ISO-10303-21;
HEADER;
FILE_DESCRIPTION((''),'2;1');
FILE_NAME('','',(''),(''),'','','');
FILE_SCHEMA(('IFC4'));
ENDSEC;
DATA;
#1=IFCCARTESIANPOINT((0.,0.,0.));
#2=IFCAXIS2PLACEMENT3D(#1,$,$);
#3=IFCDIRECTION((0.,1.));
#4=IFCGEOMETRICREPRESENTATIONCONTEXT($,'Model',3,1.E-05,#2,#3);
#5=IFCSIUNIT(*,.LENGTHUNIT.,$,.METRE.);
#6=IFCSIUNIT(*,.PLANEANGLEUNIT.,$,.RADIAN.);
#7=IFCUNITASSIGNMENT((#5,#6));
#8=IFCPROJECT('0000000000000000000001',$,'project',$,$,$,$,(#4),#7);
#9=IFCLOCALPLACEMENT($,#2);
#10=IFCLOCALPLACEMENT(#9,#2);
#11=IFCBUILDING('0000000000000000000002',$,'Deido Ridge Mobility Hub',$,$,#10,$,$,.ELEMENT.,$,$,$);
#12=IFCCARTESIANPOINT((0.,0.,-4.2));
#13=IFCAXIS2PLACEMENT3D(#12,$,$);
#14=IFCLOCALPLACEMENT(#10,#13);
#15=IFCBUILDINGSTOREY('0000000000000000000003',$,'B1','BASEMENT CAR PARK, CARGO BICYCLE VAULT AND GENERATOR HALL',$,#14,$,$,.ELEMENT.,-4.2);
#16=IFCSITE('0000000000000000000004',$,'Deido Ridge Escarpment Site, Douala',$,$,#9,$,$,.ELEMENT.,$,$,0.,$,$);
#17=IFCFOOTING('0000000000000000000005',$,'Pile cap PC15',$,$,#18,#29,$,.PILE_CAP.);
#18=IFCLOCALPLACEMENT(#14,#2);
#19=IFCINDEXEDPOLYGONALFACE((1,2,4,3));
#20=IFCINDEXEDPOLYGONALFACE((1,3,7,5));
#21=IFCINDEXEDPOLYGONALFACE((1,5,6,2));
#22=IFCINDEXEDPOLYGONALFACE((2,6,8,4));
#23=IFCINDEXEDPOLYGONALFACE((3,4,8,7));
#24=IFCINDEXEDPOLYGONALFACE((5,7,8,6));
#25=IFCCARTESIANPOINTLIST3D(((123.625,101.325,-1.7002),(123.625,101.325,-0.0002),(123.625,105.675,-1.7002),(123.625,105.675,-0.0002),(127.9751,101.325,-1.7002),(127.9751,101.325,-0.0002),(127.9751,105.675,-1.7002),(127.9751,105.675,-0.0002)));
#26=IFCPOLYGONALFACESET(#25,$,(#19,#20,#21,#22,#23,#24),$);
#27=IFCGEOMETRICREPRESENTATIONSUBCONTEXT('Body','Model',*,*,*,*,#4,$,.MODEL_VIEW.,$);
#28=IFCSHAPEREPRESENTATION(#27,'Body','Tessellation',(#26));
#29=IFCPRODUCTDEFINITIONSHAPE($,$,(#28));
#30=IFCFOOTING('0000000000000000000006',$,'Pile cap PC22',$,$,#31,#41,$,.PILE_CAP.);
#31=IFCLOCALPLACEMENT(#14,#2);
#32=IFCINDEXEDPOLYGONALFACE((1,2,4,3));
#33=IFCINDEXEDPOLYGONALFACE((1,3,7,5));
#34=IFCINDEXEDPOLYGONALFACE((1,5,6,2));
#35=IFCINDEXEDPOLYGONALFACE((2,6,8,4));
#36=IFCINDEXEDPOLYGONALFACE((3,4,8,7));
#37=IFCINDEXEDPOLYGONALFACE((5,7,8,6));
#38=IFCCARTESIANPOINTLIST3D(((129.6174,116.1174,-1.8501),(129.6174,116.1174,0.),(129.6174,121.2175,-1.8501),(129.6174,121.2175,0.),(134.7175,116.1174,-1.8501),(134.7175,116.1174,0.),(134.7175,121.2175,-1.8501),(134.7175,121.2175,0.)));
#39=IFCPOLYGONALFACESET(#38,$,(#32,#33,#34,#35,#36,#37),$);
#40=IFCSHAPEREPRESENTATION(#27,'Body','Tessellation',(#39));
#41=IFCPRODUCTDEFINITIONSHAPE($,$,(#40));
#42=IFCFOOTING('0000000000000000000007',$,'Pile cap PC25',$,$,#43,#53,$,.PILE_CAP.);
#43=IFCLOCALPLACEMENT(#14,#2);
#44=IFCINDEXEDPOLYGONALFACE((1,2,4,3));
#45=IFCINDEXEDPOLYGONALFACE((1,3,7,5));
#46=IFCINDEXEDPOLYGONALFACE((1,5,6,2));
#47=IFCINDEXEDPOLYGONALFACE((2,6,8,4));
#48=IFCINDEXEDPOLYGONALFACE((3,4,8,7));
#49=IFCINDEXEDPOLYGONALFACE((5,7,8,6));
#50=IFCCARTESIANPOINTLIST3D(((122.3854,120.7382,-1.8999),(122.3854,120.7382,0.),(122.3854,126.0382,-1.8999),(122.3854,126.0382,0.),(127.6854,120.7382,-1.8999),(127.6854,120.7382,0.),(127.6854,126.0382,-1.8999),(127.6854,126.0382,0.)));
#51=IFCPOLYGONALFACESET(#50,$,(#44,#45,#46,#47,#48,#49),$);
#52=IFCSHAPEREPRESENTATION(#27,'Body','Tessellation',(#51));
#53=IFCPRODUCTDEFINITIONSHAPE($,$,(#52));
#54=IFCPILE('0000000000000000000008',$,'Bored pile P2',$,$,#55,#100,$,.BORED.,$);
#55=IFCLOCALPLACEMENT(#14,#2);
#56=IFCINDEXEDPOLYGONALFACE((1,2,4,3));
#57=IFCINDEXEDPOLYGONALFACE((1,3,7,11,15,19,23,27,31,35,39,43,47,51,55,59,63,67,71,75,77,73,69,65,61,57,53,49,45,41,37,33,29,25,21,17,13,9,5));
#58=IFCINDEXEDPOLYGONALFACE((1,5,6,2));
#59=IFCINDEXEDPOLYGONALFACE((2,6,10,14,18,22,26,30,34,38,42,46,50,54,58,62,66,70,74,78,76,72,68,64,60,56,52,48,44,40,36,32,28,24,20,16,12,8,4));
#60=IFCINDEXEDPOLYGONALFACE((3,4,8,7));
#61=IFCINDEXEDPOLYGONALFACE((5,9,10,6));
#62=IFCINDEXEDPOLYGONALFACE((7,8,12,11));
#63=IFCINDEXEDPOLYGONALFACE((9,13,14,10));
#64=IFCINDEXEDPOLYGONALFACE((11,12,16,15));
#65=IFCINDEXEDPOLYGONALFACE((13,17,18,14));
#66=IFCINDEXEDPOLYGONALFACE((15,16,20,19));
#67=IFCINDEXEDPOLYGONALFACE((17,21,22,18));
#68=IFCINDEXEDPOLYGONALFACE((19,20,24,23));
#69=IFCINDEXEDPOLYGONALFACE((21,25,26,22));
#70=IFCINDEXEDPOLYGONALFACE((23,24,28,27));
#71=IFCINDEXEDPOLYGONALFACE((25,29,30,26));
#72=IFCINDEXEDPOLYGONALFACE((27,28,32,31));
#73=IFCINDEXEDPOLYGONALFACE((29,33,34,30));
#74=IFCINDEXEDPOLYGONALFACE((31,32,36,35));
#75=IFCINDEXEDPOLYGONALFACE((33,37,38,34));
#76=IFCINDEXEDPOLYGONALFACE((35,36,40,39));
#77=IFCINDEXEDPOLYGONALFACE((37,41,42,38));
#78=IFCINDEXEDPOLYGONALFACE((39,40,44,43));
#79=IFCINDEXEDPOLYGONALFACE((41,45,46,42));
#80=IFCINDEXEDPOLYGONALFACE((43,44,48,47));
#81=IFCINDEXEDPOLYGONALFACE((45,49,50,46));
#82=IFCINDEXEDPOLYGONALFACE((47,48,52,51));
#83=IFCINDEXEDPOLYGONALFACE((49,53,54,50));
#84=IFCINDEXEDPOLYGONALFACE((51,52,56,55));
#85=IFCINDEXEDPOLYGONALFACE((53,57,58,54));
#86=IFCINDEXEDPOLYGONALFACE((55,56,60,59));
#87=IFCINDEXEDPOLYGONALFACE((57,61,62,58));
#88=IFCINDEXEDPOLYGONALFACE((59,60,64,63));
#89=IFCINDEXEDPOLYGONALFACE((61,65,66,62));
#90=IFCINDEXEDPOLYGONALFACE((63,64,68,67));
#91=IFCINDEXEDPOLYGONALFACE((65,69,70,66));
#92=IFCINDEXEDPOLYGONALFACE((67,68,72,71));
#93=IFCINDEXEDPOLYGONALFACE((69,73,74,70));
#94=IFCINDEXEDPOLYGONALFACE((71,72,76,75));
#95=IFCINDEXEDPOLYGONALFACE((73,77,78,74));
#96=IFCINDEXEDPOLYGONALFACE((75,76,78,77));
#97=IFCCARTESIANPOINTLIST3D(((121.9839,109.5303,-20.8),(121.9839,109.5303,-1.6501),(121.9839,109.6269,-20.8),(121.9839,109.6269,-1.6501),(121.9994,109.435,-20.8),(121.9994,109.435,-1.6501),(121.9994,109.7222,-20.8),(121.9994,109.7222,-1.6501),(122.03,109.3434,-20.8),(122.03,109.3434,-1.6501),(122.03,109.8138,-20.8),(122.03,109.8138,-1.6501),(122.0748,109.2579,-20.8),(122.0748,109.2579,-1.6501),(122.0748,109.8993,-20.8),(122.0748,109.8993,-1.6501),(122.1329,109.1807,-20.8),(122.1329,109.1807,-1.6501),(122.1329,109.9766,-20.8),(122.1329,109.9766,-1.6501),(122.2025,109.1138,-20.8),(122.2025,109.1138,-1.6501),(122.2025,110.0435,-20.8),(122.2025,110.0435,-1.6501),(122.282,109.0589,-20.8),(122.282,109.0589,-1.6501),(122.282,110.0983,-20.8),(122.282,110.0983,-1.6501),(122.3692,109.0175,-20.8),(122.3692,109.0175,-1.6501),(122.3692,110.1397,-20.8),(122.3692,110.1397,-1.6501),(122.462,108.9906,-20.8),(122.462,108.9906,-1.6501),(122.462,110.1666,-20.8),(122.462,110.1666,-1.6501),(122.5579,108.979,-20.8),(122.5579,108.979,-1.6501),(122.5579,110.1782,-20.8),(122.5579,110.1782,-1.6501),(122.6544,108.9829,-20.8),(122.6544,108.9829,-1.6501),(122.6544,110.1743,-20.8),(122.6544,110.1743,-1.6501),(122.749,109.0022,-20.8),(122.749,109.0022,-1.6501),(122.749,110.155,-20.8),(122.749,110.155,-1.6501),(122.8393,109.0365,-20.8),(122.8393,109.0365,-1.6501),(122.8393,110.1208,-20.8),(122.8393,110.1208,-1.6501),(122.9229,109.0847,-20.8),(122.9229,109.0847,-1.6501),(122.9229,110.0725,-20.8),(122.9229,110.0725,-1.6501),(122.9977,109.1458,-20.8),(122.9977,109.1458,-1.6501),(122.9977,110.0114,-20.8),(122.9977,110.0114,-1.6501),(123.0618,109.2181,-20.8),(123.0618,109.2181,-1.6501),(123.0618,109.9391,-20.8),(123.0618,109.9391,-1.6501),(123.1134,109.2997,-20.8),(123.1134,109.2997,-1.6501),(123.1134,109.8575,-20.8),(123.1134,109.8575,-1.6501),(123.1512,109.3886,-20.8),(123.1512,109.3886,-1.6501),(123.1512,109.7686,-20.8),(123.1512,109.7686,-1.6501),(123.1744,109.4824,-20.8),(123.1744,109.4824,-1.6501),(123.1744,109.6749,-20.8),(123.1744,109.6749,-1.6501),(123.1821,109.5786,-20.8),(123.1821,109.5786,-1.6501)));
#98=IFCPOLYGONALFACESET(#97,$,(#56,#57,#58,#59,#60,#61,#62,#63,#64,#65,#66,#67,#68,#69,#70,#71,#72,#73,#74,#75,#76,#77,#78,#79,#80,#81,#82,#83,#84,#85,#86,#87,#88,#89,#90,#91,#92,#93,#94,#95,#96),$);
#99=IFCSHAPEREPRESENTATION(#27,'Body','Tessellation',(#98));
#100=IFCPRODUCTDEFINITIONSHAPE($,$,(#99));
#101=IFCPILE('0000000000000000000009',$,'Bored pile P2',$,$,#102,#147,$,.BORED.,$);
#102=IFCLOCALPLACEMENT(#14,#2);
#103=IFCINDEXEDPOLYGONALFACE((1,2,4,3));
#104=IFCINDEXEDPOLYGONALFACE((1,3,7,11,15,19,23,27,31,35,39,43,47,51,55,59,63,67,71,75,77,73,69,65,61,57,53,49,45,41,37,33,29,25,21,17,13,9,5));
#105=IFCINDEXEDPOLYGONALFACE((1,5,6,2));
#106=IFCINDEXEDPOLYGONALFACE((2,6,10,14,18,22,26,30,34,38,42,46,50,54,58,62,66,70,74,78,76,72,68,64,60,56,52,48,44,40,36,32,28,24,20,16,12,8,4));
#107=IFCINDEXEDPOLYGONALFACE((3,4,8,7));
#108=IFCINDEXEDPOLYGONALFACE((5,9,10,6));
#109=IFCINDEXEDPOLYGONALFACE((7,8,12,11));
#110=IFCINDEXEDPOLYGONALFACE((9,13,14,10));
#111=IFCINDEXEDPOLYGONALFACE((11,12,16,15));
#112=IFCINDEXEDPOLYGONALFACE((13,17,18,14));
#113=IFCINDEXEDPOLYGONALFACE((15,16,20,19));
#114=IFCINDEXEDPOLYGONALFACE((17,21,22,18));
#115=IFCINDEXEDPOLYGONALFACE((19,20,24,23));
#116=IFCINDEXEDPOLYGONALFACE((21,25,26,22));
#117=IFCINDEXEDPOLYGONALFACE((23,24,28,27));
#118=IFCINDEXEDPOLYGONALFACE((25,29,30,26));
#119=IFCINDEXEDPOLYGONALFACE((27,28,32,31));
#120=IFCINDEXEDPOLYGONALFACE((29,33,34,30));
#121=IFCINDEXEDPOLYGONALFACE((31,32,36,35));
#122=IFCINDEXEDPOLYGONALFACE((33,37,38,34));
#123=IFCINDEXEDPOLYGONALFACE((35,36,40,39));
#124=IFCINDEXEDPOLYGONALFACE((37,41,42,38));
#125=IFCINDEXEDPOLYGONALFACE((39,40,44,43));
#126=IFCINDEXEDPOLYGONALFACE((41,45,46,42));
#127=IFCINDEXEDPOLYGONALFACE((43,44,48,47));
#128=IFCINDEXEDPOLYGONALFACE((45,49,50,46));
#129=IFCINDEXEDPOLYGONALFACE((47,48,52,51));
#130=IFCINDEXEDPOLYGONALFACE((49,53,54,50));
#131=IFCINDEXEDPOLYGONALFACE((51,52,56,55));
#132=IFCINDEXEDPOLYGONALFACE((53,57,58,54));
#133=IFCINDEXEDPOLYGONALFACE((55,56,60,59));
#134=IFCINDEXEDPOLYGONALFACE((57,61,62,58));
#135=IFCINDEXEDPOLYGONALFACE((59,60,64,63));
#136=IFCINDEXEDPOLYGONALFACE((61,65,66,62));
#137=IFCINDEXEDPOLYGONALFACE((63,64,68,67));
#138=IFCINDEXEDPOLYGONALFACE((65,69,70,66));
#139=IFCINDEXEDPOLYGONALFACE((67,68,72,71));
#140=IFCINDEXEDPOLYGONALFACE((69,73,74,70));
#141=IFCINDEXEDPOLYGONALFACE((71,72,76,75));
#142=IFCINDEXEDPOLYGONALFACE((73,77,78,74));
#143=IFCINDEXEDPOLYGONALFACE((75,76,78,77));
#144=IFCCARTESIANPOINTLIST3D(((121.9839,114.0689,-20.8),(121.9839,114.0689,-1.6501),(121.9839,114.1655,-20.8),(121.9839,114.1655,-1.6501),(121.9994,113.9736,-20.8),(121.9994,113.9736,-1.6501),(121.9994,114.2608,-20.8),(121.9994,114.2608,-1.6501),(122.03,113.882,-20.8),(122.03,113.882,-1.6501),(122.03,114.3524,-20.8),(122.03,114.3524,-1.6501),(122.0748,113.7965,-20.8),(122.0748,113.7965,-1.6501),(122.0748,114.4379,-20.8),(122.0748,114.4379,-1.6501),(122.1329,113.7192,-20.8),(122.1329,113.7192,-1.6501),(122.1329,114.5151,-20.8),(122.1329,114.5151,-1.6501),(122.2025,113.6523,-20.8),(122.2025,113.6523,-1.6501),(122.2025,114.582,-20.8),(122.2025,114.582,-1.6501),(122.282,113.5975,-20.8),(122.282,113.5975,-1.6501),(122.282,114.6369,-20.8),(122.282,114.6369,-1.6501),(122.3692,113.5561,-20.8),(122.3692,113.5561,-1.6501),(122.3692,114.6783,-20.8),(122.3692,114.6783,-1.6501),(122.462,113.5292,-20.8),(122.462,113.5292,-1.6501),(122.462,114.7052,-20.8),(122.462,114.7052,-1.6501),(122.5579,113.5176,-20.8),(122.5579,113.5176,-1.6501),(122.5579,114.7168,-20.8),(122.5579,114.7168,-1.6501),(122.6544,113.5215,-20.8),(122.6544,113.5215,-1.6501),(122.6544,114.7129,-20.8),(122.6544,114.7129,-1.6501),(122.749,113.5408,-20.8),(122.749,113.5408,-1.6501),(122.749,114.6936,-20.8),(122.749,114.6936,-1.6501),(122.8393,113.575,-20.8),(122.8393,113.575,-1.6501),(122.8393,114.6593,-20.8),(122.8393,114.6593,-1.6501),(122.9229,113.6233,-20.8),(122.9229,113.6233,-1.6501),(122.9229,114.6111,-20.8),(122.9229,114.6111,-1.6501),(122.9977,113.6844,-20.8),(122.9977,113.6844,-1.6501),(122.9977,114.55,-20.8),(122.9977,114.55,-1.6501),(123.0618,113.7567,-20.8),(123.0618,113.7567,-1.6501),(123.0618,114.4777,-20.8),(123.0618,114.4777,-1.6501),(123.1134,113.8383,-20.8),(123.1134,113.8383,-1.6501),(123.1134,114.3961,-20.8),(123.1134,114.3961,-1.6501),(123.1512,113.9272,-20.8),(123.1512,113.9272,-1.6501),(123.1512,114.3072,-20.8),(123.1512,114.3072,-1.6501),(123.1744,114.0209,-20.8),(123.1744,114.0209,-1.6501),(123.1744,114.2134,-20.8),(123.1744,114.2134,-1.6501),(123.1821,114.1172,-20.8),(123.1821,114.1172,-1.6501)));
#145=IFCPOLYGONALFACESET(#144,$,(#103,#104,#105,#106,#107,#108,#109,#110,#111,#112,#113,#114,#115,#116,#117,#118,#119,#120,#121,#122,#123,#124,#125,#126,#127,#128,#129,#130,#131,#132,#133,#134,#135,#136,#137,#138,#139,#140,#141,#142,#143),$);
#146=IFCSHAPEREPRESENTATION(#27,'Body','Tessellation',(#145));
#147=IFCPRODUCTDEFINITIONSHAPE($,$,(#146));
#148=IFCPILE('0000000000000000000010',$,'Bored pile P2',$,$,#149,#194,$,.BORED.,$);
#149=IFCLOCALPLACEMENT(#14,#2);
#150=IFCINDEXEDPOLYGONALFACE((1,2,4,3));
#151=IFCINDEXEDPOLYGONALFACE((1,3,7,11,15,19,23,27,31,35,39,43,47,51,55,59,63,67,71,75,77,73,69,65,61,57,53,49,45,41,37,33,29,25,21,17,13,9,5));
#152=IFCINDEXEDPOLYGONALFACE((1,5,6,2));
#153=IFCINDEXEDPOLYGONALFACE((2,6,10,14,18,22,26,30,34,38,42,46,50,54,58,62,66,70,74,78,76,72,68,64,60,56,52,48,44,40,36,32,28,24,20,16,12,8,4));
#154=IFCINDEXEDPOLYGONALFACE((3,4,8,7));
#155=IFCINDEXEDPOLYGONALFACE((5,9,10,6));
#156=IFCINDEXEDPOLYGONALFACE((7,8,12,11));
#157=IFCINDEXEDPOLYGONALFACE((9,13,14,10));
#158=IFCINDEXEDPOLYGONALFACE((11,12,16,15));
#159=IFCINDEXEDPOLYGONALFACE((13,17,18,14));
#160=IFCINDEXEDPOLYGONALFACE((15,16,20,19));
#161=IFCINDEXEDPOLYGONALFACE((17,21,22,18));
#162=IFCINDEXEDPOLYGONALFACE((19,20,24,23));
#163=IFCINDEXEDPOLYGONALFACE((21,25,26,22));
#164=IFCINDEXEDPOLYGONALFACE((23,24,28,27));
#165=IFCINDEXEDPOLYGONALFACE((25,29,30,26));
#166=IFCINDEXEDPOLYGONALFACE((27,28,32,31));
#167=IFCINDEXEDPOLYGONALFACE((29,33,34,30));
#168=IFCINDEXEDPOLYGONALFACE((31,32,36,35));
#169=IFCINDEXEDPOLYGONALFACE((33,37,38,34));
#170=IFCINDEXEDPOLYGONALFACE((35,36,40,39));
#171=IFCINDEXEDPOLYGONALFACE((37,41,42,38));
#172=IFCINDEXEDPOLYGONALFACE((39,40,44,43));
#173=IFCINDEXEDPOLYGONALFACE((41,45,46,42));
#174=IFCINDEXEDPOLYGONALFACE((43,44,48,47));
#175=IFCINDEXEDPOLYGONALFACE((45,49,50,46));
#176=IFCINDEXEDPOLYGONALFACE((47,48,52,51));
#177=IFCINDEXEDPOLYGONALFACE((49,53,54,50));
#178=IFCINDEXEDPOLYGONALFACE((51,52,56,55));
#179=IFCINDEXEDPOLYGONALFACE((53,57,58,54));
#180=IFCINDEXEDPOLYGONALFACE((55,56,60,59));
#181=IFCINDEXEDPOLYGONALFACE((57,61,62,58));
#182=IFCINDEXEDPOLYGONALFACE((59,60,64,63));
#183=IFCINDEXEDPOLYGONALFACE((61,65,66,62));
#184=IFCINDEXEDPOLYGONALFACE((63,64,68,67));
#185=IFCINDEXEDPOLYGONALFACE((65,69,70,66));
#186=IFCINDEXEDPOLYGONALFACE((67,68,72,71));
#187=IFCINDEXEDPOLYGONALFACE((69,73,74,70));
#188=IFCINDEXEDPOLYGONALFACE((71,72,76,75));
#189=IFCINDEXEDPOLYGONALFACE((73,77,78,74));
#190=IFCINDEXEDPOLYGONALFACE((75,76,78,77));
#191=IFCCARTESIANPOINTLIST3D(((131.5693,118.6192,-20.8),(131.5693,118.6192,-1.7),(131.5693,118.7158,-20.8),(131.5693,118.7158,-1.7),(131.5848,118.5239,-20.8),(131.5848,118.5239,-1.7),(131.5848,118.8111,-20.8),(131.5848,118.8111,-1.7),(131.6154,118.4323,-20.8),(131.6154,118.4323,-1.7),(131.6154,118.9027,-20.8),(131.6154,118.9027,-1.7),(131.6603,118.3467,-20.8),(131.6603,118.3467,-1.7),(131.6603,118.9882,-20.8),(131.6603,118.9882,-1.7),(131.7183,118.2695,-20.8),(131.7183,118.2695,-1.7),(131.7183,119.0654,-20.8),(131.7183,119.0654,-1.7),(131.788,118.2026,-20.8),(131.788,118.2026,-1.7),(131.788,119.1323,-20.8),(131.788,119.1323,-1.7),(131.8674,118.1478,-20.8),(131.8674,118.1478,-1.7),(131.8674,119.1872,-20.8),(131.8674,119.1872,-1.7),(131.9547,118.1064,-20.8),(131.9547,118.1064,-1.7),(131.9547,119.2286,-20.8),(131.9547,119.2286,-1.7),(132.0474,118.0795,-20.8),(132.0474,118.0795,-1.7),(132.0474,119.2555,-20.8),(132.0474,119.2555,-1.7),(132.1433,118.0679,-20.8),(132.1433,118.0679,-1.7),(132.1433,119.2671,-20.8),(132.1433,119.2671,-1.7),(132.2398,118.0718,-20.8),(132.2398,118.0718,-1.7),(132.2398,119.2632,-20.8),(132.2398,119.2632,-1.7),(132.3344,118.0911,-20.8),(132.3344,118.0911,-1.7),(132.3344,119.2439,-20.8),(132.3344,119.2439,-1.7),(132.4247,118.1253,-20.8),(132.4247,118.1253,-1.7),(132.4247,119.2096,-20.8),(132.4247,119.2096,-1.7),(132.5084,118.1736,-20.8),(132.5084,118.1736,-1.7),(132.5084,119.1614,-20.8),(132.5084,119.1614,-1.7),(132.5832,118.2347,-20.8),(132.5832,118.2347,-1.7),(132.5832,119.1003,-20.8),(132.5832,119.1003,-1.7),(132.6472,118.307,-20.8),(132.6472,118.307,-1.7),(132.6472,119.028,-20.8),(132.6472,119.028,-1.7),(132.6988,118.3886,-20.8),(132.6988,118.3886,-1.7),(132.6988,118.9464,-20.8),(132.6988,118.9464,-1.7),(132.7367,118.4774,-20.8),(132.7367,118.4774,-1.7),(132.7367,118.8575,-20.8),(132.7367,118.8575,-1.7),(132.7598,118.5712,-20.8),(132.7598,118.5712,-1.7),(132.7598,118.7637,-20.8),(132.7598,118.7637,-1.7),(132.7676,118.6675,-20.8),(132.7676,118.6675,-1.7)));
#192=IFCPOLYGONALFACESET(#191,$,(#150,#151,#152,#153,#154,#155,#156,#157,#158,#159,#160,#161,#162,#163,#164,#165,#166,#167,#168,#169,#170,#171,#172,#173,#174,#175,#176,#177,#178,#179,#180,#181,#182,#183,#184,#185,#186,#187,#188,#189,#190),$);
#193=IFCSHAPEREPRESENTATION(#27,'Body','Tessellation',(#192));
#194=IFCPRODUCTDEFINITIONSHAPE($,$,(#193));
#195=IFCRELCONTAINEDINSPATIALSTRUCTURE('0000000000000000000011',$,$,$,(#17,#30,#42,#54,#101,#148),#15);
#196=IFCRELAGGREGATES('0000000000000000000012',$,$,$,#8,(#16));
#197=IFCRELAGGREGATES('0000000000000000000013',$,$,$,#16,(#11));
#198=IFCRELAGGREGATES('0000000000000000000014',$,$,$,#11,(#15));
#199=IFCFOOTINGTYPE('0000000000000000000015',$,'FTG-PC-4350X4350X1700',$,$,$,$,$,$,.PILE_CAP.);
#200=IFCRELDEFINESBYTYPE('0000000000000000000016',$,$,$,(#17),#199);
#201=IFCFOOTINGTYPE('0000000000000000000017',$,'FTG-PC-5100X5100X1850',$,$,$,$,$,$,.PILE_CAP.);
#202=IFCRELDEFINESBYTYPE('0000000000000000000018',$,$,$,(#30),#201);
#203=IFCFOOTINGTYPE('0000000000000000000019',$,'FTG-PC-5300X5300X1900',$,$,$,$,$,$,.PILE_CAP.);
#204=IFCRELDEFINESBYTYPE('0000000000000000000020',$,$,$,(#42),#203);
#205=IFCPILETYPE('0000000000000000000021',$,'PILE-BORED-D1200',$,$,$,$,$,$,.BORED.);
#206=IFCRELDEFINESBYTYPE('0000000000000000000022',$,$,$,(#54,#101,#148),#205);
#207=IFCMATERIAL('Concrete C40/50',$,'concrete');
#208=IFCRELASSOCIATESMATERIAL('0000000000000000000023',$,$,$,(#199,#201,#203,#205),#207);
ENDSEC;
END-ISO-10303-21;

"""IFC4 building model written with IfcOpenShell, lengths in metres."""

from ifc_helpers import new_model, si_unit, direction, frame, origin, origin_2d, place, context, subcontext, project, spatial, rectangle, circle, extrude, material, material_profile, profile_set, type_object, element, save


model = new_model("IFC4")

# Units and contexts
model_context = context("Model", 3, precision=1e-05, world=origin(), true_north=direction((0.0, 1.0)))
body_context = subcontext(model_context, "Body", "Model", "MODEL_VIEW")
ifc_project = project(units=[si_unit("LENGTHUNIT", "METRE"), si_unit("PLANEANGLEUNIT", "RADIAN")], contexts=[model_context])

# Site, building, storey
site_placement = place(None, origin())
site = spatial("IfcSite", under=ifc_project, at=site_placement, Name="Deido Ridge Escarpment Site, Douala", CompositionType="ELEMENT", RefElevation=0.0)
building_placement = place(site_placement, origin())
building = spatial("IfcBuilding", under=site, at=building_placement, Name="Deido Ridge Mobility Hub", CompositionType="ELEMENT")
storey_placement = place(building_placement, frame((0.0, 0.0, -4.2)))
storey = spatial("IfcBuildingStorey", under=building, at=storey_placement, Name="B1", Description="BASEMENT CAR PARK, CARGO BICYCLE VAULT AND GENERATOR HALL", CompositionType="ELEMENT", Elevation=-4.2)

# Footings
ifc_material = material(Name="Concrete C40/50", Category="concrete")
footing_type_1 = type_object("IfcFootingType", Name="FTG-PC-4350X4350X1700", PredefinedType="PILE_CAP", material=ifc_material)
footing_1_placement = place(storey_placement, frame((125.8, 103.5, -1.7002), z_axis=(0.0, 0.0, 1.0), x_axis=(1.0, 0.0, 0.0)))
element("IfcFooting", 1, at=footing_1_placement, inside=storey, type_object=footing_type_1, Name="Pile cap PC15", PredefinedType="PILE_CAP", context=body_context, shape_type="SweptSolid", body=[
    extrude(rectangle(XDim=4.3501, YDim=4.3501, at=origin_2d()), origin(), (0.0, 0.0, 1.0), 1.7),
])
footing_type_2 = type_object("IfcFootingType", Name="FTG-PC-5100X5100X1850", PredefinedType="PILE_CAP", material=ifc_material)
footing_2_placement = place(storey_placement, frame((132.1675, 118.6675, -1.8501), z_axis=(0.0, 0.0, 1.0), x_axis=(1.0, 0.0, 0.0)))
element("IfcFooting", 2, at=footing_2_placement, inside=storey, type_object=footing_type_2, Name="Pile cap PC22", PredefinedType="PILE_CAP", context=body_context, shape_type="SweptSolid", body=[
    extrude(rectangle(XDim=5.1001, YDim=5.1001, at=origin_2d()), origin(), (0.0, 0.0, 1.0), 1.8501),
])
footing_type_3 = type_object("IfcFootingType", Name="FTG-PC-5300X5300X1900", PredefinedType="PILE_CAP", material=ifc_material)
footing_3_placement = place(storey_placement, frame((125.0354, 123.3882, -1.8999), z_axis=(0.0, 0.0, 1.0), x_axis=(1.0, 0.0, 0.0)))
element("IfcFooting", 3, at=footing_3_placement, inside=storey, type_object=footing_type_3, Name="Pile cap PC25", PredefinedType="PILE_CAP", context=body_context, shape_type="SweptSolid", body=[
    extrude(rectangle(XDim=5.3, YDim=5.3, at=origin_2d()), origin(), (0.0, 0.0, 1.0), 1.8999),
])

# Piles
ifc_material_profile_1 = material_profile(ifc_material, circle(Radius=0.6001, at=origin_2d()), Name="BORED PILE D1200")
ifc_profile_set_1 = profile_set([ifc_material_profile_1], Name="Concrete C40/50")
pile_type_1 = type_object("IfcPileType", Name="PILE-BORED-D1200", PredefinedType="BORED", material=ifc_profile_set_1)
for number, where, z_axis, x_axis, name in (
    (4, (122.582, 109.5786, -1.6501), (0.0, 0.0, -1.0), (1.0, 0.0, 0.0), "Bored pile P2"),
    (5, (122.582, 114.1172, -1.6501), (0.0, 0.0, -1.0), (1.0, 0.0, 0.0), "Bored pile P2"),
):
    element("IfcPile", number, at=place(storey_placement, frame(where, z_axis=z_axis, x_axis=x_axis)), inside=storey, type_object=pile_type_1, Name=name, PredefinedType="BORED", context=body_context, shape_type="SweptSolid", body=[
        extrude(circle(Radius=0.6001, at=origin_2d()), origin(), (0.0, 0.0, 1.0), 19.1499),
    ])
pile_1_placement = place(storey_placement, frame((132.1675, 118.6675, -1.7), z_axis=(0.0, 0.0, -1.0), x_axis=(1.0, 0.0, 0.0)))
element("IfcPile", 6, at=pile_1_placement, inside=storey, type_object=pile_type_1, Name="Bored pile P2", PredefinedType="BORED", context=body_context, shape_type="SweptSolid", body=[
    extrude(circle(Radius=0.6001, at=origin_2d()), origin(), (0.0, 0.0, 1.0), 19.1001),
])

save(model, "model.ifc")
